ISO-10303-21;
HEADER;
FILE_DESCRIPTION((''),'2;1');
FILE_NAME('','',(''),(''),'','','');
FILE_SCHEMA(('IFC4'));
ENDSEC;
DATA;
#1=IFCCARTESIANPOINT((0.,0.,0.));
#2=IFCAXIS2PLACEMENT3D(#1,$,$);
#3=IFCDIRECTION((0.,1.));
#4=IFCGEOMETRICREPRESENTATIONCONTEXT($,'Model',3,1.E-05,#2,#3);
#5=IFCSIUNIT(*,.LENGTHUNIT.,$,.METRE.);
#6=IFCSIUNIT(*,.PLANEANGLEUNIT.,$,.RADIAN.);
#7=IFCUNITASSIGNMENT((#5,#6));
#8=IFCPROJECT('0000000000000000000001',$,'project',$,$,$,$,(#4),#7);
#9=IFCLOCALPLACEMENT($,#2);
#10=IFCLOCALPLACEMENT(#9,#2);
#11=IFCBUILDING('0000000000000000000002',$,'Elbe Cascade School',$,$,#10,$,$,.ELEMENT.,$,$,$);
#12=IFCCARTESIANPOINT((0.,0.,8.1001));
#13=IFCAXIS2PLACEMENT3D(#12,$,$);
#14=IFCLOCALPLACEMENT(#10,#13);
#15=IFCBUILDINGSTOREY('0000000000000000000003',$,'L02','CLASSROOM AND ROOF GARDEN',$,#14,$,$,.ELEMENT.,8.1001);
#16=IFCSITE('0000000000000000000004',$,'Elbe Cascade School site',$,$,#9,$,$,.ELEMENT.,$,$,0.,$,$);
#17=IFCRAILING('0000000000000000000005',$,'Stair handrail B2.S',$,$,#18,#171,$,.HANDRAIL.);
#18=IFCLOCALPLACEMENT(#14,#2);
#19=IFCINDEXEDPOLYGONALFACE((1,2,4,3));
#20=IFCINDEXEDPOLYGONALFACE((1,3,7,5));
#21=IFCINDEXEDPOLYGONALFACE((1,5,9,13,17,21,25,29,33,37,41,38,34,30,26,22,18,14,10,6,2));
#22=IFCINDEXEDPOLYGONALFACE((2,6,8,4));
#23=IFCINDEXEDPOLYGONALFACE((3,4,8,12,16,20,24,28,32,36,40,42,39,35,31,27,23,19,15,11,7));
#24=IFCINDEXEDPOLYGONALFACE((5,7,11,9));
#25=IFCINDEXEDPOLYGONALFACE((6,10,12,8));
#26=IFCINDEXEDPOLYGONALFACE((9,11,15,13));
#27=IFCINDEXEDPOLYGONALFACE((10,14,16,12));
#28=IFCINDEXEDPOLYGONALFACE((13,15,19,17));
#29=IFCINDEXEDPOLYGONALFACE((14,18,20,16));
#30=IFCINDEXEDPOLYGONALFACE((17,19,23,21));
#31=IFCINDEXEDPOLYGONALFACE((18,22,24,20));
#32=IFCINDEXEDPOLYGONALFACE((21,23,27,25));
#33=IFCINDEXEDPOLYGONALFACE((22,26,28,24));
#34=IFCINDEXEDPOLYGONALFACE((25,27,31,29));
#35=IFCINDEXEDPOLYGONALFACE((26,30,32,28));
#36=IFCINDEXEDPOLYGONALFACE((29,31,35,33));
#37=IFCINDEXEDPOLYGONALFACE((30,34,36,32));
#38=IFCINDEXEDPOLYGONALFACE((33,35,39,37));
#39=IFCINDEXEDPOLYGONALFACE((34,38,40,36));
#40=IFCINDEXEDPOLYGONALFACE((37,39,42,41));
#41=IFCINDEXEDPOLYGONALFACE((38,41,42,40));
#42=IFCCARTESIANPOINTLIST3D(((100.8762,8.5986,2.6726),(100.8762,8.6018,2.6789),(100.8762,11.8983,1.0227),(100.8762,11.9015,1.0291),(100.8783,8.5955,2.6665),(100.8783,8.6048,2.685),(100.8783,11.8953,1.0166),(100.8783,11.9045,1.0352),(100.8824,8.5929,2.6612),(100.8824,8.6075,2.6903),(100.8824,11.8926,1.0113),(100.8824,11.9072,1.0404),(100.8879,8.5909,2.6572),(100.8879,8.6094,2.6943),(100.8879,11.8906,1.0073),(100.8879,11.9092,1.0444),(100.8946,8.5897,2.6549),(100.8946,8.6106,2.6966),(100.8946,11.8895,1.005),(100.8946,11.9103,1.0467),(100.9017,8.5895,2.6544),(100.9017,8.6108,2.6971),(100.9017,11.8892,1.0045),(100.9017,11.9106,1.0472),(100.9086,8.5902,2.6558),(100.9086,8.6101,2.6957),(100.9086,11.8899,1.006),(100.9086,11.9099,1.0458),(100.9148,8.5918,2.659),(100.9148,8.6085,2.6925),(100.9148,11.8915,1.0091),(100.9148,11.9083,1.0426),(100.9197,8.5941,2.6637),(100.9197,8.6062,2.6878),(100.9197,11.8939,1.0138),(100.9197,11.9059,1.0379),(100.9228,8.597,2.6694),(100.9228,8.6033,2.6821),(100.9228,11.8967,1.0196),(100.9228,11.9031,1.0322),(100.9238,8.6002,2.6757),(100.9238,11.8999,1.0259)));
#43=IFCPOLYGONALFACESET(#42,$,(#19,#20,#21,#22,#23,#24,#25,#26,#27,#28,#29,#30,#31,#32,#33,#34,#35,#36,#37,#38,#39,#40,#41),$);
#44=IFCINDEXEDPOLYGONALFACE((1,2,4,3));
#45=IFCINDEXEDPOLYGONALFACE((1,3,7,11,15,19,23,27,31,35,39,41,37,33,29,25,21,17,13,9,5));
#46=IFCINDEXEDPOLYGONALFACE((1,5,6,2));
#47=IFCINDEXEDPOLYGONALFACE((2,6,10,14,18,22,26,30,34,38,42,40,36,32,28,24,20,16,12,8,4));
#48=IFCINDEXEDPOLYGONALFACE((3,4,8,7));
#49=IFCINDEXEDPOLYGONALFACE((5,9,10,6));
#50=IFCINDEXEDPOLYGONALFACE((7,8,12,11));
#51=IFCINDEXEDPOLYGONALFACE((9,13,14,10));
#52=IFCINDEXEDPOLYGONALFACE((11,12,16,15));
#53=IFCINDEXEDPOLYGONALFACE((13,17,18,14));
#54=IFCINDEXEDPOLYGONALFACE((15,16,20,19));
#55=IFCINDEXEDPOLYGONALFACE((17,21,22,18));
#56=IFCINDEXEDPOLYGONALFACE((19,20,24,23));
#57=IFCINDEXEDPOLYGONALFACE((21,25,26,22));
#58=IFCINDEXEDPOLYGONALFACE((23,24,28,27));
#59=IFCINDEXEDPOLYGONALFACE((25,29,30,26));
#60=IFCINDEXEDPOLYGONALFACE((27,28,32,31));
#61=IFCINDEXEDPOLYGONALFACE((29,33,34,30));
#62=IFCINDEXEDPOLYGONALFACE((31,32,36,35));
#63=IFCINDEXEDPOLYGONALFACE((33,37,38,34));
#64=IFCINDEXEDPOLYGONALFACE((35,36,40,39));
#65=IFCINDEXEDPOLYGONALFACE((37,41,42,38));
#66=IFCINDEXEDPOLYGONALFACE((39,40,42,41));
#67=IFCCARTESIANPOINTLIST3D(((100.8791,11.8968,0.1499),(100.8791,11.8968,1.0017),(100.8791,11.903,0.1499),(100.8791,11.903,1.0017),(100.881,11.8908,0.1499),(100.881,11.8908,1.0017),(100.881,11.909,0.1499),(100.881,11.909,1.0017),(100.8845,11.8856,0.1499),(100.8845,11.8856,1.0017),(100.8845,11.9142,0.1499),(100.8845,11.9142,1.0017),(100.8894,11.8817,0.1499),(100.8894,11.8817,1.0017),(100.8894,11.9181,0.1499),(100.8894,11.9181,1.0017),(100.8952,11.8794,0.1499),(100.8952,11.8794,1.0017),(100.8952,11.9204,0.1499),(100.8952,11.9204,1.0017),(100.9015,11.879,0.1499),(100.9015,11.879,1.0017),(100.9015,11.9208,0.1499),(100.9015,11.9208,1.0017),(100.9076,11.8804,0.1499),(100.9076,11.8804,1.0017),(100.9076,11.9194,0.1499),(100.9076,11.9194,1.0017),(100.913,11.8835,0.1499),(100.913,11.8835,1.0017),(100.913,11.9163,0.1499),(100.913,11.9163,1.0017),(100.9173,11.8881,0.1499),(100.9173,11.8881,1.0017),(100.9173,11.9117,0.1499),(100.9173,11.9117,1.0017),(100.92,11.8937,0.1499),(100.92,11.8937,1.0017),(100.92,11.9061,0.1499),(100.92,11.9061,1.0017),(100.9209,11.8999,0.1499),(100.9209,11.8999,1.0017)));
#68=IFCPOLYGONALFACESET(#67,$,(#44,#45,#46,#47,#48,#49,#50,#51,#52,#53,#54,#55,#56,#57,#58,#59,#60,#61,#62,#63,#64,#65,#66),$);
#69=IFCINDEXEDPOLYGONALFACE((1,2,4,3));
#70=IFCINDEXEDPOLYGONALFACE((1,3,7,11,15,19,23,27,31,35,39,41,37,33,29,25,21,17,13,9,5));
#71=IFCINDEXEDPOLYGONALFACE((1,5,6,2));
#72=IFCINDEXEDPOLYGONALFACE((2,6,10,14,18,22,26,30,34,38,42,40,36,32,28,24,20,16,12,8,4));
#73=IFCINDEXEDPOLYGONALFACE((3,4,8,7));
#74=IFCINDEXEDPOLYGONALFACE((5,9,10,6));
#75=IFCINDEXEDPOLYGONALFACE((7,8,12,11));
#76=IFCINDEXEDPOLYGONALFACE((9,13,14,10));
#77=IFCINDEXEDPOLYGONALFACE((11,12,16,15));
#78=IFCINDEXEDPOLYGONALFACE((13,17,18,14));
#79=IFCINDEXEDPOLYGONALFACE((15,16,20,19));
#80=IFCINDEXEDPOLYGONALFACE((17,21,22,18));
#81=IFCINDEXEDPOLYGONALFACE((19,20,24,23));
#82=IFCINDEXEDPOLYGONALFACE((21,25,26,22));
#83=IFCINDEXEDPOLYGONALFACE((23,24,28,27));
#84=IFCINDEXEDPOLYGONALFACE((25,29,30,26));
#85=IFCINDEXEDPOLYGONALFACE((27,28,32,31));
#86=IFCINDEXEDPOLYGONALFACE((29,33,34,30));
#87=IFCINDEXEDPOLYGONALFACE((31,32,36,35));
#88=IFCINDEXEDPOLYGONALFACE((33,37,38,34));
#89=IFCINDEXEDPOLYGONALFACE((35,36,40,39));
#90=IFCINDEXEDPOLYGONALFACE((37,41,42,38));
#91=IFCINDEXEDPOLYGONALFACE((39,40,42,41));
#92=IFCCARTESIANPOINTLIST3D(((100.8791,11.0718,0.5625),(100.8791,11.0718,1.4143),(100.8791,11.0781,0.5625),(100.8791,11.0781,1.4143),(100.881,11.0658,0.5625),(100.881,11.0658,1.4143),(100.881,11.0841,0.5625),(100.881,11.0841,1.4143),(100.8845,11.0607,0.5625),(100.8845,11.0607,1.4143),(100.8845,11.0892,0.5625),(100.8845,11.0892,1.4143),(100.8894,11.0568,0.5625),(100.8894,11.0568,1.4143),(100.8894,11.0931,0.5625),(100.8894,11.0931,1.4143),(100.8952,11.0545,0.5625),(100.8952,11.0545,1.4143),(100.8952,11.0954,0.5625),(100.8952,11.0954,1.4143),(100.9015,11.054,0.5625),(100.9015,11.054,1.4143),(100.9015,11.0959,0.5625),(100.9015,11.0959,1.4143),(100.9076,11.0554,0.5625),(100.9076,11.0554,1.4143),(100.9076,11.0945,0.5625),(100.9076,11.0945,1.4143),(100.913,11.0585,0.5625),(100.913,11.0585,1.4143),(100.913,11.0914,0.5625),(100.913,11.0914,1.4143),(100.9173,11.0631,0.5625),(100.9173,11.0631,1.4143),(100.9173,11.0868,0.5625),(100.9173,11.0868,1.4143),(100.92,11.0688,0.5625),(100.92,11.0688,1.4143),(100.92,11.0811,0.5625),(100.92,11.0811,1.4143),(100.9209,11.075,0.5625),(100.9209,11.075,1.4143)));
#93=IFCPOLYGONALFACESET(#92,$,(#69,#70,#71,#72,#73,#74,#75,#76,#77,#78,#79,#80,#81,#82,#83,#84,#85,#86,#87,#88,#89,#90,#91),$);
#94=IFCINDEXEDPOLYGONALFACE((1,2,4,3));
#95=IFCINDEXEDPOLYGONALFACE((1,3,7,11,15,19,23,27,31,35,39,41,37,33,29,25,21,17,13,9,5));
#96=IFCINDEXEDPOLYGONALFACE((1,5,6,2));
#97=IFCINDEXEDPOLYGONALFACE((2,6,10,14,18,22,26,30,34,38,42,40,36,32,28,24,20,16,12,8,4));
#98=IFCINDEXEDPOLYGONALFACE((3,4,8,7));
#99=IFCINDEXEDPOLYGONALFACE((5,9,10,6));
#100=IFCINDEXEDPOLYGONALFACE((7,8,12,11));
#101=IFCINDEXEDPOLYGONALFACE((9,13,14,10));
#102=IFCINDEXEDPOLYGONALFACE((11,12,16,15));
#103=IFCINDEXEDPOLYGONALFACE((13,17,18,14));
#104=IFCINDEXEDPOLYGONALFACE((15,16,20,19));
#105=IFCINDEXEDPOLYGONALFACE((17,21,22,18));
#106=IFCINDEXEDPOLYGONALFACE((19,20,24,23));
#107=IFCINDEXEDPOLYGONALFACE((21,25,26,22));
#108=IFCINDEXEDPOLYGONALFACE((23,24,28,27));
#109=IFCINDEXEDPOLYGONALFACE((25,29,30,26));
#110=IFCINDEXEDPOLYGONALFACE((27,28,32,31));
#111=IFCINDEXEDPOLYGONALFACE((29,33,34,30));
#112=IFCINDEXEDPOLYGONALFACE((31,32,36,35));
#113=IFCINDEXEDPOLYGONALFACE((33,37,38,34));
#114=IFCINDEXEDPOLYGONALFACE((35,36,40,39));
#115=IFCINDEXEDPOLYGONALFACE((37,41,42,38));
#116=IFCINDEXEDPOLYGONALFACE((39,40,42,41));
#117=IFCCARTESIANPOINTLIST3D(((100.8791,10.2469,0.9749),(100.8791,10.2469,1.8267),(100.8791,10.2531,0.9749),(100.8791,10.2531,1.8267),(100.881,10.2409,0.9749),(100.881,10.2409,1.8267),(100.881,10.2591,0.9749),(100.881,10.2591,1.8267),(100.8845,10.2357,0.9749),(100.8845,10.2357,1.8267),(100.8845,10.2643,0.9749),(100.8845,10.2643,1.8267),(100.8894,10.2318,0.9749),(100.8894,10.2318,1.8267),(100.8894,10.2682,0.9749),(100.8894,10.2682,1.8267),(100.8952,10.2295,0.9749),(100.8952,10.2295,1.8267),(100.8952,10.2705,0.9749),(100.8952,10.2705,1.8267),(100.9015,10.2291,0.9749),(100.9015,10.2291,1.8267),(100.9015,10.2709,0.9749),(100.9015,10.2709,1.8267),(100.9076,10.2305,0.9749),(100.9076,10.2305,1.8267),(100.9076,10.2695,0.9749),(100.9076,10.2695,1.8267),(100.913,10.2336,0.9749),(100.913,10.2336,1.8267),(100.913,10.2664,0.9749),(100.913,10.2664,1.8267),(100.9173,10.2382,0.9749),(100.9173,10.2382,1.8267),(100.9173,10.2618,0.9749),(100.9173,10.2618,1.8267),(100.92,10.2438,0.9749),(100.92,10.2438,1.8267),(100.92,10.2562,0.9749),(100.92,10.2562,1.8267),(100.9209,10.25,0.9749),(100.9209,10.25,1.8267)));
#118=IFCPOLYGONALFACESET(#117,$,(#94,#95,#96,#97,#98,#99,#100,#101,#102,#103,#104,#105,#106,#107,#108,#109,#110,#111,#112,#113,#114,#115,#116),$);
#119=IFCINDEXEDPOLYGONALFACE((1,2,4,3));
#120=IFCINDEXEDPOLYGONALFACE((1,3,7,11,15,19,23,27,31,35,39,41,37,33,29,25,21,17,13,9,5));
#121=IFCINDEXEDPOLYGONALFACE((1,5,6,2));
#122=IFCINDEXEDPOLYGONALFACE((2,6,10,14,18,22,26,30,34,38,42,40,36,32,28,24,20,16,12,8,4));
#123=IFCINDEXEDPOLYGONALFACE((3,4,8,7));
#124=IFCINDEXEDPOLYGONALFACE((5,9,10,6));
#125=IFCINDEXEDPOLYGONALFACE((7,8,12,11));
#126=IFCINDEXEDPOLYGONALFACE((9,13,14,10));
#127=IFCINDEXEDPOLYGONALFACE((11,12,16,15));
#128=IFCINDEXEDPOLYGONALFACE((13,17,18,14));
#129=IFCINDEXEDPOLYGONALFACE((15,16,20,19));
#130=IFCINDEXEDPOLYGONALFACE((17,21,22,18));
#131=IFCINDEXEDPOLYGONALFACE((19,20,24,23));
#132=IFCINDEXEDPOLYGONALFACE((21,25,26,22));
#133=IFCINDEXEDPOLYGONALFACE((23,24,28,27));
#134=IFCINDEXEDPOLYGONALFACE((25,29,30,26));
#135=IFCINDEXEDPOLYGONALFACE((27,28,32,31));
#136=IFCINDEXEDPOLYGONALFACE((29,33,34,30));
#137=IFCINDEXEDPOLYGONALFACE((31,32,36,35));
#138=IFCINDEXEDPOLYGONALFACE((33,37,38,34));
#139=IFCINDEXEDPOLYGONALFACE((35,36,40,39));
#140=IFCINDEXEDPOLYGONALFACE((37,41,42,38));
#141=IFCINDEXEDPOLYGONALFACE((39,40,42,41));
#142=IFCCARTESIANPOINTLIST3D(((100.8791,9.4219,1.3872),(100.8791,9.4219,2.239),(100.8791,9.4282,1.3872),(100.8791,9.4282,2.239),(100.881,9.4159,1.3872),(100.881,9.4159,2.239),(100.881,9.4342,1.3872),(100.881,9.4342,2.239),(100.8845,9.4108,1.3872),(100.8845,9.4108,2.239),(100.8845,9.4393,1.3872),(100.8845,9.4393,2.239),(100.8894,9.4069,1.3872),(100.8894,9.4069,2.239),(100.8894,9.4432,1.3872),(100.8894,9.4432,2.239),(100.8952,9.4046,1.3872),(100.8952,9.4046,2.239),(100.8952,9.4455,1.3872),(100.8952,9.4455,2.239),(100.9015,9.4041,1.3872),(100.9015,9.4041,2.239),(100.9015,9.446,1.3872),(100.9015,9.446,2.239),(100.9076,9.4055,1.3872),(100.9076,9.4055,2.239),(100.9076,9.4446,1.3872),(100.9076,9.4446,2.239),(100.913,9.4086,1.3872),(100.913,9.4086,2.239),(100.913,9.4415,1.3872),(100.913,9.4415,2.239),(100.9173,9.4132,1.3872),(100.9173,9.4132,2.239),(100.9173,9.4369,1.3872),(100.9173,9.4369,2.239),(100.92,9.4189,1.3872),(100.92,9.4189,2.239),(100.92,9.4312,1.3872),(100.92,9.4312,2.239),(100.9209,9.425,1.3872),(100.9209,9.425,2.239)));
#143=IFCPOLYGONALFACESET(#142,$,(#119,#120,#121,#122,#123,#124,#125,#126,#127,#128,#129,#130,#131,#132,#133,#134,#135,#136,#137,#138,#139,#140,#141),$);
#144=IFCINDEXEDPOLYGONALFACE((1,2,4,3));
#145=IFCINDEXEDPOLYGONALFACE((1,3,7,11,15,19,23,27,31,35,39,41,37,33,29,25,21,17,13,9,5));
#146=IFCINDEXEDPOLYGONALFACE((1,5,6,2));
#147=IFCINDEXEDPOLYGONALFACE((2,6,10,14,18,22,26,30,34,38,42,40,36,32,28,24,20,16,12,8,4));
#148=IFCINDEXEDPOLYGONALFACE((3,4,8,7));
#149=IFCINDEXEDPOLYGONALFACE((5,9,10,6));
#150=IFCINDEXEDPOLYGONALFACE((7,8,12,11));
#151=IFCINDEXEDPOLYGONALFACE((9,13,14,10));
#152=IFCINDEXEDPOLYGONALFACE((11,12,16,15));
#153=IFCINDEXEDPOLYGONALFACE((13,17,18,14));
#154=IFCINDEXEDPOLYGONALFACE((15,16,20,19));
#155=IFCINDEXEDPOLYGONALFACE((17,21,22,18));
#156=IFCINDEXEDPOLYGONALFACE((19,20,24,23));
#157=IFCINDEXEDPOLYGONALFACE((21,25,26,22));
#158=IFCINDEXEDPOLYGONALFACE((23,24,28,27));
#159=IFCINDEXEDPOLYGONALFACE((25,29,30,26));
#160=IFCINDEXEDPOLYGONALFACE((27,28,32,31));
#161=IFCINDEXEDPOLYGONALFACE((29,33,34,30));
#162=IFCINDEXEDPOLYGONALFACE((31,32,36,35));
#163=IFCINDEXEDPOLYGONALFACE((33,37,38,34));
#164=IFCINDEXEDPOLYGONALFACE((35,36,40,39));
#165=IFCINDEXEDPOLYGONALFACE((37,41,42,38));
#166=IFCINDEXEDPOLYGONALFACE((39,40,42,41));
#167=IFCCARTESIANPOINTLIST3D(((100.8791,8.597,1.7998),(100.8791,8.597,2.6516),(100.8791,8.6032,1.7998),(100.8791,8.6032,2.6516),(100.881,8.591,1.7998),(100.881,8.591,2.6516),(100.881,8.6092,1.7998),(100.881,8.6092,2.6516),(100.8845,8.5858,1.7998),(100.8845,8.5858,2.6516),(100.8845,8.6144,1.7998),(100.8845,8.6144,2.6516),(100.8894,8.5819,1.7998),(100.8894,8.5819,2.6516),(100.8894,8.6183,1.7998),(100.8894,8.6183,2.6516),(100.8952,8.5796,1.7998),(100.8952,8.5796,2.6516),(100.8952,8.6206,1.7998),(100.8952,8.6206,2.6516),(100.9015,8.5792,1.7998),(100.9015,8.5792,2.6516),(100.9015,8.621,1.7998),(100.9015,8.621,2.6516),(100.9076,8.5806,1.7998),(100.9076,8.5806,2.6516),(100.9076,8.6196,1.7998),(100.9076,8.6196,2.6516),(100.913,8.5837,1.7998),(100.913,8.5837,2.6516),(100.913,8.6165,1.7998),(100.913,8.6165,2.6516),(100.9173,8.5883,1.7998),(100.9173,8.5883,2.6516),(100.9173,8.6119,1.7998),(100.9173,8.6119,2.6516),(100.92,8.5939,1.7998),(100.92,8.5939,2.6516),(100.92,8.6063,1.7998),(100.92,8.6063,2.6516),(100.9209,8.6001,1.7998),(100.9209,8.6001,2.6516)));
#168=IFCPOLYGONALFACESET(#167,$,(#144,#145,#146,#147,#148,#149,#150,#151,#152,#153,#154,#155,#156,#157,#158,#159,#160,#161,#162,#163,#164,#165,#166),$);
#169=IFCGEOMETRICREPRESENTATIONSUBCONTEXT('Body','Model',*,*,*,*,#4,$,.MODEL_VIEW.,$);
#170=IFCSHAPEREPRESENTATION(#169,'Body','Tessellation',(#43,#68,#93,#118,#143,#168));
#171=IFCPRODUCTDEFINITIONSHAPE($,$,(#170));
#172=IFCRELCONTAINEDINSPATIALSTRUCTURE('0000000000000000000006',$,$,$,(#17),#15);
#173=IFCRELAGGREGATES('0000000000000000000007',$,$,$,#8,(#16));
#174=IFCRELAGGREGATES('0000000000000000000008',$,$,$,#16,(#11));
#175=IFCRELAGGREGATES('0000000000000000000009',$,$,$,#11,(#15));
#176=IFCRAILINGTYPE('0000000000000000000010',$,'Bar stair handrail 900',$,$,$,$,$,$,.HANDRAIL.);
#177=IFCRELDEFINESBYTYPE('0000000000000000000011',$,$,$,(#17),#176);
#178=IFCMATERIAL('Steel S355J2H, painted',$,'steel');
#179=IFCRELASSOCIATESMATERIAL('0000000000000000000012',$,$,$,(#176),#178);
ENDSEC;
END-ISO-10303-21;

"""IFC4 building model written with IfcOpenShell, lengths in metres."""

from ifc_helpers import new_model, si_unit, direction, frame, origin, origin_2d, place, context, subcontext, project, spatial, circle, extrude, material, type_object, element, save


model = new_model("IFC4")

# Units and contexts
model_context = context("Model", 3, precision=1e-05, world=origin(), true_north=direction((0.0, 1.0)))
body_context = subcontext(model_context, "Body", "Model", "MODEL_VIEW")
ifc_project = project(units=[si_unit("LENGTHUNIT", "METRE"), si_unit("PLANEANGLEUNIT", "RADIAN")], contexts=[model_context])

# Site, building, storey
site_placement = place(None, origin())
site = spatial("IfcSite", under=ifc_project, at=site_placement, Name="Elbe Cascade School site", CompositionType="ELEMENT", RefElevation=0.0)
building_placement = place(site_placement, origin())
building = spatial("IfcBuilding", under=site, at=building_placement, Name="Elbe Cascade School", CompositionType="ELEMENT")
storey_placement = place(building_placement, frame((0.0, 0.0, 8.1001)))
storey = spatial("IfcBuildingStorey", under=building, at=storey_placement, Name="L02", Description="CLASSROOM AND ROOF GARDEN", CompositionType="ELEMENT", Elevation=8.1001)

# Railing
ifc_material_1 = material(Name="Steel S355J2H, painted", Category="steel")
railing_type = type_object("IfcRailingType", Name="Bar stair handrail 900", PredefinedType="HANDRAIL", material=ifc_material_1)
railing_1_placement = place(storey_placement, frame((100.8999, 11.8999, 0.1499)))
element("IfcRailing", 1, at=railing_1_placement, inside=storey, type_object=railing_type, Name="Stair handrail B2.S", PredefinedType="HANDRAIL", context=body_context, shape_type="SweptSolid", body=[
    extrude(circle(Radius=0.0239, at=origin_2d()), frame((0.0, 0.0, 0.876), z_axis=(0.0, -0.894427, 0.447214), x_axis=(1.0, 0.0, 0.0)), (0.0, 0.0, 1.0), 3.6892),
    extrude(circle(Radius=0.021, at=origin_2d()), origin(), (0.0, 0.0, 1.0), 0.8518),
    extrude(circle(Radius=0.021, at=origin_2d()), frame((0.0, -0.825, 0.4126)), (0.0, 0.0, 1.0), 0.8518),
    extrude(circle(Radius=0.021, at=origin_2d()), frame((0.0, -1.6499, 0.825)), (0.0, 0.0, 1.0), 0.8518),
    extrude(circle(Radius=0.021, at=origin_2d()), frame((0.0, -2.4749, 1.2373)), (0.0, 0.0, 1.0), 0.8518),
    extrude(circle(Radius=0.021, at=origin_2d()), frame((0.0, -3.2998, 1.6499)), (0.0, 0.0, 1.0), 0.8518),
])

save(model, "model.ifc")
